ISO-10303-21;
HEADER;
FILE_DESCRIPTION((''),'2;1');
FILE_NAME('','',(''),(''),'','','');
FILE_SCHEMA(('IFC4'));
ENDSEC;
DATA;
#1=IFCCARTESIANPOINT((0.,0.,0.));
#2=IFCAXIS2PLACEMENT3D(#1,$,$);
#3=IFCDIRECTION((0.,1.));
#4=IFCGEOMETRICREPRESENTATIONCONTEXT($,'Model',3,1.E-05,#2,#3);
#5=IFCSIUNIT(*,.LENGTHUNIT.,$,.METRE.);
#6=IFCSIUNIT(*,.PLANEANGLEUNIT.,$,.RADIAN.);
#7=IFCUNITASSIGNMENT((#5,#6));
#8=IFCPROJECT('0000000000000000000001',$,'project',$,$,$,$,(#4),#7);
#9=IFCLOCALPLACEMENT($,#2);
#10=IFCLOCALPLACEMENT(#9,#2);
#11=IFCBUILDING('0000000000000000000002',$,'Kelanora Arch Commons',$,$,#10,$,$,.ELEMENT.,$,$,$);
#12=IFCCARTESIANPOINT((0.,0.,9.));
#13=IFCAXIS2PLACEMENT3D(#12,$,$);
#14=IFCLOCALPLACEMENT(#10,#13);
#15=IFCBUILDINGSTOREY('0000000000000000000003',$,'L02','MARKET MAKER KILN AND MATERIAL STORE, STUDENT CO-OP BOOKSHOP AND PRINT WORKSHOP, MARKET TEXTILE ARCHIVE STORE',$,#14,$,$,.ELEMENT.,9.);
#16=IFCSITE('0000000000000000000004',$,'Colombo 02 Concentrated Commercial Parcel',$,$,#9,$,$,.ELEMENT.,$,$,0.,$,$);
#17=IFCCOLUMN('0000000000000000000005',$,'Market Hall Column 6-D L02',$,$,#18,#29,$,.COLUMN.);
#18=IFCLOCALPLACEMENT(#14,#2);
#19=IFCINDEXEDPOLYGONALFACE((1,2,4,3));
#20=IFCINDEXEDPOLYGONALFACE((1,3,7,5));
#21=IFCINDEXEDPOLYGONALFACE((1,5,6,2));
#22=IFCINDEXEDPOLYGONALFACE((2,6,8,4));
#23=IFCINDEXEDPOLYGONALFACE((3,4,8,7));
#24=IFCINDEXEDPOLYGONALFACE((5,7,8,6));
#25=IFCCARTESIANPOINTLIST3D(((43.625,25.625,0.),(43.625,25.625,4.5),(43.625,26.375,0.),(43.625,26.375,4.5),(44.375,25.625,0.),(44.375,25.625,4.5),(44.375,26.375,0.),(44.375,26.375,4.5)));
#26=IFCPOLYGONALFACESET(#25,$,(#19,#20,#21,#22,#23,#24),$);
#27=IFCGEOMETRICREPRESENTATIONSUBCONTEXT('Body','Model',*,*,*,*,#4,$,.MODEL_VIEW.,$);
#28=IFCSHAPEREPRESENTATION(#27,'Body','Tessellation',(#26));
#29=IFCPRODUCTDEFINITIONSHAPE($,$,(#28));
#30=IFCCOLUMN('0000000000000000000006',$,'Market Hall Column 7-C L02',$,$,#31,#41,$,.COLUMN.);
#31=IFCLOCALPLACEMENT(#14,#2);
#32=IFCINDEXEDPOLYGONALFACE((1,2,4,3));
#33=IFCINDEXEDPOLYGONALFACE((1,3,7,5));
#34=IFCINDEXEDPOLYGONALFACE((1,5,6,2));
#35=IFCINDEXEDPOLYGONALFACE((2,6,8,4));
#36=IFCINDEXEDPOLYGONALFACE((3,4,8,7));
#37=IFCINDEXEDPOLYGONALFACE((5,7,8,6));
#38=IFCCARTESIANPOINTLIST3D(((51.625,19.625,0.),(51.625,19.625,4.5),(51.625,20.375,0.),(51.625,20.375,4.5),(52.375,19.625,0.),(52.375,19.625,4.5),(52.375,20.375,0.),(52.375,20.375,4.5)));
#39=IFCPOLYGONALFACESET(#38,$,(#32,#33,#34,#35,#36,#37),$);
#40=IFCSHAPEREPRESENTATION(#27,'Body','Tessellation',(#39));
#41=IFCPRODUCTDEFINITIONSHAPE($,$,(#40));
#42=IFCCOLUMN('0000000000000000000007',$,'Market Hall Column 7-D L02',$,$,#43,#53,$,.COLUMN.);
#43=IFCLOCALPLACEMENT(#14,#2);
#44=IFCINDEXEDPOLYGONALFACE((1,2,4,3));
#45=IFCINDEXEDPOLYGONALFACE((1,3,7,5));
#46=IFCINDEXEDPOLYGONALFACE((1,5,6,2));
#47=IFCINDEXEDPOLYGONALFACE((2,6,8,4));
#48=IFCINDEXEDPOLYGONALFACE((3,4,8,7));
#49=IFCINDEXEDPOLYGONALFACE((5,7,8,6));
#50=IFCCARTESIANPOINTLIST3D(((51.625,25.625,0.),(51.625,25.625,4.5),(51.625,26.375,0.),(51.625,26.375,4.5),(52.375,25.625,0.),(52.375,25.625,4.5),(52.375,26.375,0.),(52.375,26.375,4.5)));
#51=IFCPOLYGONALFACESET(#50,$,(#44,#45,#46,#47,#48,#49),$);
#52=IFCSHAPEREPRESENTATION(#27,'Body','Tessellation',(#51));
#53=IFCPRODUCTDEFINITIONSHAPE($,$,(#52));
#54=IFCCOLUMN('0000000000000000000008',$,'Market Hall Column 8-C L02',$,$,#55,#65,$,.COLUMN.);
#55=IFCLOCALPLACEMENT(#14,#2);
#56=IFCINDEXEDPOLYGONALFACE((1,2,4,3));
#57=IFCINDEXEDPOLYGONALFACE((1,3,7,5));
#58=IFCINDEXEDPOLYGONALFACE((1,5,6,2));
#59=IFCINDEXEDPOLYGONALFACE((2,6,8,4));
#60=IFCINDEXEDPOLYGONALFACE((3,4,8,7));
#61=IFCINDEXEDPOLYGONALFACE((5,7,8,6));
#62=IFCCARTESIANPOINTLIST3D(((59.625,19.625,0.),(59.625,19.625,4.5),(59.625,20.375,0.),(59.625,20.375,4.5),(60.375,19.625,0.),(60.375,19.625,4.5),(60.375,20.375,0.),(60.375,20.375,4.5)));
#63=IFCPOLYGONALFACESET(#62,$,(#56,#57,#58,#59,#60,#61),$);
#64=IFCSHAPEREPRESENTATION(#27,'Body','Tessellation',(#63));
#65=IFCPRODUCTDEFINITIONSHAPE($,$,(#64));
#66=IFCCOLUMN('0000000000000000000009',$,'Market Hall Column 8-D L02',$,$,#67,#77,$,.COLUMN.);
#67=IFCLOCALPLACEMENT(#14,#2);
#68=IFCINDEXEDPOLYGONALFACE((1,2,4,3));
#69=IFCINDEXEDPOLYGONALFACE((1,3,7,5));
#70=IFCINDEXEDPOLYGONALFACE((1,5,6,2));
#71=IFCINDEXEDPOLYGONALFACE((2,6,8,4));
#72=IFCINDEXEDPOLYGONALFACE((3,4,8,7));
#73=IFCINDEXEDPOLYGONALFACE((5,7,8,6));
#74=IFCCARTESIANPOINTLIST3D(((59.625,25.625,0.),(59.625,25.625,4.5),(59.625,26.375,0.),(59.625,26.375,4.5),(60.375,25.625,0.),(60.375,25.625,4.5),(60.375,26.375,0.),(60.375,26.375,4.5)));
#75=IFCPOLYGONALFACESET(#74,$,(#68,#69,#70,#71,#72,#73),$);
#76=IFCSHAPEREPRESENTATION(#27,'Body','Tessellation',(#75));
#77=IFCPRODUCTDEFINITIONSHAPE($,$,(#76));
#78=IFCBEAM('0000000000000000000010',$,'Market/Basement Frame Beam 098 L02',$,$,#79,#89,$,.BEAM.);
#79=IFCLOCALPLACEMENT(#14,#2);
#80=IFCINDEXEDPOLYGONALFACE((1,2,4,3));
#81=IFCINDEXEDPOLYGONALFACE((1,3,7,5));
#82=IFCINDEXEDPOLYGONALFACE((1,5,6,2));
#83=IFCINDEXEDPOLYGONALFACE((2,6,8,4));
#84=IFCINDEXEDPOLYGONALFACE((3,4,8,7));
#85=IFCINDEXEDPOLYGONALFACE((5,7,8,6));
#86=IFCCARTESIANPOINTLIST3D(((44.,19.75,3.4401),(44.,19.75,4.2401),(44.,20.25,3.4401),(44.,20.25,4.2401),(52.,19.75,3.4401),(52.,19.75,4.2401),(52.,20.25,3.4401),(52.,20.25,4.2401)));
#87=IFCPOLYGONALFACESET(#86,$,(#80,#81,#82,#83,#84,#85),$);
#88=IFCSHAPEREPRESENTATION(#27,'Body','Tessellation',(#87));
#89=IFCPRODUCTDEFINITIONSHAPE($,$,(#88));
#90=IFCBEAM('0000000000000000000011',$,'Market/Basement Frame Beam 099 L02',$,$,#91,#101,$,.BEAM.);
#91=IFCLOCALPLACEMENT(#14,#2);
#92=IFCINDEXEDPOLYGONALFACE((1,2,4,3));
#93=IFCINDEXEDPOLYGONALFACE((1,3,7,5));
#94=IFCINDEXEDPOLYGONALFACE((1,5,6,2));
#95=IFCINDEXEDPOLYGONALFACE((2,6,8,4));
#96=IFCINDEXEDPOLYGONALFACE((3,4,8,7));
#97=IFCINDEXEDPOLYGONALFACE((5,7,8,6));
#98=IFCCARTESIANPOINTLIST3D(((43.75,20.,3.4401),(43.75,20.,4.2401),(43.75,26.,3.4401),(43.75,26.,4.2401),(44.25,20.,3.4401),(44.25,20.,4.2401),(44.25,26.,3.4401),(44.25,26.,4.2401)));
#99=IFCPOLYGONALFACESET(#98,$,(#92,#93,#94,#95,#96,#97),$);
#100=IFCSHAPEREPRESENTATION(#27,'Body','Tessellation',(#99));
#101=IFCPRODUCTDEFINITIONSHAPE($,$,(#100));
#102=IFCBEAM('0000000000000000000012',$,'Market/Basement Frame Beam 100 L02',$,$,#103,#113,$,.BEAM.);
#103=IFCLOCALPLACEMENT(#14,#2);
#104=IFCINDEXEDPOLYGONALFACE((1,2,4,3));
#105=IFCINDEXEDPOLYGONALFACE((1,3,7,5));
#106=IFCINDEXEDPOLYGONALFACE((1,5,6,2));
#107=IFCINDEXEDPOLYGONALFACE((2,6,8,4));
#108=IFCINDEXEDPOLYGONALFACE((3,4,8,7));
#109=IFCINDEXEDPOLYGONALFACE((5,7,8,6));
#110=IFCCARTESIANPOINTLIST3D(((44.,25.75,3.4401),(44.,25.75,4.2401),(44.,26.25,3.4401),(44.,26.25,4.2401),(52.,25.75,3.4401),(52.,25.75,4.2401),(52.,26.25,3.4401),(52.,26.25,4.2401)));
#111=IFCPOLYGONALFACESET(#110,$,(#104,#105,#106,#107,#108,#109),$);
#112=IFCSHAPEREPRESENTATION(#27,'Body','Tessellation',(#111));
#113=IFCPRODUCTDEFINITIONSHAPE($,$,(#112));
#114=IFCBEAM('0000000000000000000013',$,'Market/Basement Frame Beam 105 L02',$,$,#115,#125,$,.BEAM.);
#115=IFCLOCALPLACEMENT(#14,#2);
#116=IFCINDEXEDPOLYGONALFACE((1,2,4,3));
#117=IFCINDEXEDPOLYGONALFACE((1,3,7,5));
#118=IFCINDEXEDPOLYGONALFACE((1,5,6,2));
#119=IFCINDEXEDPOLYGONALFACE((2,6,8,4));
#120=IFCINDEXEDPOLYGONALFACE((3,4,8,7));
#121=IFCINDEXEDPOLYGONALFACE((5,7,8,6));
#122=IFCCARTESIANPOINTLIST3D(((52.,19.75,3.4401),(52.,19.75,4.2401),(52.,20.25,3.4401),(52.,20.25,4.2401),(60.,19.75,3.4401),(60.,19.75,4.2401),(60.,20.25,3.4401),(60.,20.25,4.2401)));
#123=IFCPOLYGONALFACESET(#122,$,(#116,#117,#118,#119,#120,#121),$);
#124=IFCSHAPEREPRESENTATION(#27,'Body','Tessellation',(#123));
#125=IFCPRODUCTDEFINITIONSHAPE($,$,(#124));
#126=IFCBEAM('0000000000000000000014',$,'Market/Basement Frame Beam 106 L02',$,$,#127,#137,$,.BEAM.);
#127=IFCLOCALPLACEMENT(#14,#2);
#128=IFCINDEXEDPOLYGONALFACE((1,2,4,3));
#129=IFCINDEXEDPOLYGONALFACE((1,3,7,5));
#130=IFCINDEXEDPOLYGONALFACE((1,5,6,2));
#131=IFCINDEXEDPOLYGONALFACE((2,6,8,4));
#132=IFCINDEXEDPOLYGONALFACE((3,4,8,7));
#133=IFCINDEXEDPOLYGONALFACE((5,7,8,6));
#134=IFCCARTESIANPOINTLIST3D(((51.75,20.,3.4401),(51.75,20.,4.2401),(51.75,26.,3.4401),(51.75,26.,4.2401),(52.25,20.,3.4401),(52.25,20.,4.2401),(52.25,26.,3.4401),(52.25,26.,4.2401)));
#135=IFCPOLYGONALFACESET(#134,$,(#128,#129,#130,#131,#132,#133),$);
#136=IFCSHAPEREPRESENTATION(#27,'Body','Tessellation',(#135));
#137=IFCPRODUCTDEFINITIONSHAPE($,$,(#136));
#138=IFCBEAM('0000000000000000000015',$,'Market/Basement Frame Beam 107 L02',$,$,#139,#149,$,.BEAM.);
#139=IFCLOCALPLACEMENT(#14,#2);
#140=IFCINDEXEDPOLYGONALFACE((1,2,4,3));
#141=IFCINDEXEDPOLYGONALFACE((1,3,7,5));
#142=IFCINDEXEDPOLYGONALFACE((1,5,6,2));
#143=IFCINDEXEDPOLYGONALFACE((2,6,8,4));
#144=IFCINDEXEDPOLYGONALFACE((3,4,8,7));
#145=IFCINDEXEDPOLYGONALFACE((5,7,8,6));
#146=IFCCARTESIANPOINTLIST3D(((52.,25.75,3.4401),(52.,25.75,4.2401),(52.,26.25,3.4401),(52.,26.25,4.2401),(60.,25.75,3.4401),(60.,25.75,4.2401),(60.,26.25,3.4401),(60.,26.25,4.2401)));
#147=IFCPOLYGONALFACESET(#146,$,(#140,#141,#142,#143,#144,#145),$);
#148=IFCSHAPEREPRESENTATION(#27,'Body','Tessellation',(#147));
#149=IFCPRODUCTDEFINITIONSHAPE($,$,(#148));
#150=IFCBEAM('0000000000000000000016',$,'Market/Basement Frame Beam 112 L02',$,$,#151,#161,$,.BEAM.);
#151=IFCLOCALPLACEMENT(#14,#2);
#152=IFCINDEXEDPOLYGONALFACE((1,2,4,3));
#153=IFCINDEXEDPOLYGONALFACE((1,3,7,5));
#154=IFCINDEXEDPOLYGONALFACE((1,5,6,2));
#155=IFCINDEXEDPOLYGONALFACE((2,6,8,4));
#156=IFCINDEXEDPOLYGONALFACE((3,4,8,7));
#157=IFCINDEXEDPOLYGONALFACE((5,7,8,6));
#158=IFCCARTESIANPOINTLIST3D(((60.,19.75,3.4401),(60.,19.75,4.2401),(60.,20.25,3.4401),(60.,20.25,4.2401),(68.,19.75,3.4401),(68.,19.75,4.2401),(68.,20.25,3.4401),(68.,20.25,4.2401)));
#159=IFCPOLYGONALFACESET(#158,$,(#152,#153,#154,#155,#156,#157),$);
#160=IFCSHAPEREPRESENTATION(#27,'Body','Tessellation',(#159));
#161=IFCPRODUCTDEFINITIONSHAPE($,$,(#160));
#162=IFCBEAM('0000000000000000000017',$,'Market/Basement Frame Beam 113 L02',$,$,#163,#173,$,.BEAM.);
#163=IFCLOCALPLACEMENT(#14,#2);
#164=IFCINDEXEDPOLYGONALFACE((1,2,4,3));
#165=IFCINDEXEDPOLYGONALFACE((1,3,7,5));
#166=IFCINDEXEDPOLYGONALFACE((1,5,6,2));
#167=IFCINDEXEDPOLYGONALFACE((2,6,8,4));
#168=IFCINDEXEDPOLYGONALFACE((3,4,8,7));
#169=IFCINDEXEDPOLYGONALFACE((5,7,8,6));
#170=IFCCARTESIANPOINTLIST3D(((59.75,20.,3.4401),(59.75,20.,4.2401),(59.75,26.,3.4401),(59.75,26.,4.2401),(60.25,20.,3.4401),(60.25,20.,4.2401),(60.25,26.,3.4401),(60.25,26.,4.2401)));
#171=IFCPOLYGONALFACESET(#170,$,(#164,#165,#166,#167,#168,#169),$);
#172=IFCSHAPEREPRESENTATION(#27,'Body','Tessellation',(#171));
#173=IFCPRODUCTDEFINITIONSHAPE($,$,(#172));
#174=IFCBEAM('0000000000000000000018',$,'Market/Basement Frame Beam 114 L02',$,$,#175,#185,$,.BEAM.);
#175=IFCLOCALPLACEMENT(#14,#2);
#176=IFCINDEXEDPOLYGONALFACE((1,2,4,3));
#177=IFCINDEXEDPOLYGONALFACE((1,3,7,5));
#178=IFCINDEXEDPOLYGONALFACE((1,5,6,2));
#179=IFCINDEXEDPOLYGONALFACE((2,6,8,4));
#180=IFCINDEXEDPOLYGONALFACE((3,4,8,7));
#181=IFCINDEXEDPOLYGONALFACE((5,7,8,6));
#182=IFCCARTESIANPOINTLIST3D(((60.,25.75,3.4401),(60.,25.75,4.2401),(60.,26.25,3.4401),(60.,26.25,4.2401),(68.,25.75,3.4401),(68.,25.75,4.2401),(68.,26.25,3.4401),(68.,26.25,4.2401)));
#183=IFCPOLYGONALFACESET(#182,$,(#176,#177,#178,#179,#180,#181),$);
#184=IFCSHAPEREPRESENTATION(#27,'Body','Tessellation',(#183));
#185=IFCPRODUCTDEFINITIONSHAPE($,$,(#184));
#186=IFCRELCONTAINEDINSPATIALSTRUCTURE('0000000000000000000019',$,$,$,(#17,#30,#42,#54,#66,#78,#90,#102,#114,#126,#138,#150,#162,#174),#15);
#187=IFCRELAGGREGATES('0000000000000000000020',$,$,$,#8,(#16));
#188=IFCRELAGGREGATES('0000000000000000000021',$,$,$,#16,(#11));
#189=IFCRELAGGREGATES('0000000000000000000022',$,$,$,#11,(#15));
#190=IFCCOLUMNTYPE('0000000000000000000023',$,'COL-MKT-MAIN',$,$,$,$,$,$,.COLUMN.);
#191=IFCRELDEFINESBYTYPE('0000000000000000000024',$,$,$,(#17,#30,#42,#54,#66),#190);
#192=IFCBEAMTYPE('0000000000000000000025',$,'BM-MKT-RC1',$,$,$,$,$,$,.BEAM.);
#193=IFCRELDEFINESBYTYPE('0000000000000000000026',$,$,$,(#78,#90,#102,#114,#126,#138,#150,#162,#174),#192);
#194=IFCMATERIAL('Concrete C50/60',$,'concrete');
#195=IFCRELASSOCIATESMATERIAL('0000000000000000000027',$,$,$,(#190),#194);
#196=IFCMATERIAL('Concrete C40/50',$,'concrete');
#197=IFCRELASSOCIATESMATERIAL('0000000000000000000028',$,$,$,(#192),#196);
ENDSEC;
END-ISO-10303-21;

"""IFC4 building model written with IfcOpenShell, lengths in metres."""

from ifc_helpers import new_model, si_unit, direction, frame, origin, origin_2d, place, context, subcontext, project, spatial, rectangle, extrude, material, material_profile, profile_set, type_object, element, save


model = new_model("IFC4")

# Units and contexts
model_context = context("Model", 3, precision=1e-05, world=origin(), true_north=direction((0.0, 1.0)))
body_context = subcontext(model_context, "Body", "Model", "MODEL_VIEW")
ifc_project = project(units=[si_unit("LENGTHUNIT", "METRE"), si_unit("PLANEANGLEUNIT", "RADIAN")], contexts=[model_context])

# Site, building, storey
site_placement = place(None, origin())
site = spatial("IfcSite", under=ifc_project, at=site_placement, Name="Colombo 02 Concentrated Commercial Parcel", CompositionType="ELEMENT", RefElevation=0.0)
building_placement = place(site_placement, origin())
building = spatial("IfcBuilding", under=site, at=building_placement, Name="Kelanora Arch Commons", CompositionType="ELEMENT")
storey_placement = place(building_placement, frame((0.0, 0.0, 9.0)))
storey = spatial("IfcBuildingStorey", under=building, at=storey_placement, Name="L02", Description="MARKET MAKER KILN AND MATERIAL STORE, STUDENT CO-OP BOOKSHOP AND PRINT WORKSHOP, MARKET TEXTILE ARCHIVE STORE", CompositionType="ELEMENT", Elevation=9.0)

# Columns
ifc_material_1 = material(Name="Concrete C50/60", Category="concrete")
ifc_material_profile_1 = material_profile(ifc_material_1, rectangle(XDim=0.75, YDim=0.75, at=origin_2d()), Name="RC750x750")
ifc_profile_set_1 = profile_set([ifc_material_profile_1], Name="Concrete C50/60")
column_type = type_object("IfcColumnType", Name="COL-MKT-MAIN", PredefinedType="COLUMN", material=ifc_profile_set_1)
for number, where, z_axis, x_axis, name in (
    (1, (44.0, 26.0, 0.0), (0.0, 0.0, 1.0), (1.0, 0.0, 0.0), "Market Hall Column 6-D L02"),
    (2, (52.0, 20.0, 0.0), (0.0, 0.0, 1.0), (1.0, 0.0, 0.0), "Market Hall Column 7-C L02"),
    (3, (52.0, 26.0, 0.0), (0.0, 0.0, 1.0), (1.0, 0.0, 0.0), "Market Hall Column 7-D L02"),
    (4, (60.0, 20.0, 0.0), (0.0, 0.0, 1.0), (1.0, 0.0, 0.0), "Market Hall Column 8-C L02"),
    (5, (60.0, 26.0, 0.0), (0.0, 0.0, 1.0), (1.0, 0.0, 0.0), "Market Hall Column 8-D L02"),
):
    element("IfcColumn", number, at=place(storey_placement, frame(where, z_axis=z_axis, x_axis=x_axis)), inside=storey, type_object=column_type, Name=name, PredefinedType="COLUMN", context=body_context, shape_type="SweptSolid", body=[
        extrude(rectangle(XDim=0.75, YDim=0.75, at=origin_2d()), origin(), (0.0, 0.0, 1.0), 4.5),
    ])

# Beams
ifc_material_2 = material(Name="Concrete C40/50", Category="concrete")
ifc_material_profile_2 = material_profile(ifc_material_2, rectangle(XDim=0.5, YDim=0.8, at=origin_2d()), Name="RCB500x800")
ifc_profile_set_2 = profile_set([ifc_material_profile_2], Name="Concrete C40/50")
beam_type = type_object("IfcBeamType", Name="BM-MKT-RC1", PredefinedType="BEAM", material=ifc_profile_set_2)
beam_1_placement = place(storey_placement, frame((44.0, 20.0, 3.8401), z_axis=(1.0, 0.0, 0.0), x_axis=(0.0, 1.0, 0.0)))
element("IfcBeam", 6, at=beam_1_placement, inside=storey, type_object=beam_type, Name="Market/Basement Frame Beam 098 L02", PredefinedType="BEAM", context=body_context, shape_type="SweptSolid", body=[
    extrude(rectangle(XDim=0.5, YDim=0.8, at=origin_2d()), origin(), (0.0, 0.0, 1.0), 8.0),
])
beam_2_placement = place(storey_placement, frame((44.0, 20.0, 3.8401), z_axis=(0.0, 1.0, 0.0), x_axis=(-1.0, 0.0, 0.0)))
element("IfcBeam", 7, at=beam_2_placement, inside=storey, type_object=beam_type, Name="Market/Basement Frame Beam 099 L02", PredefinedType="BEAM", context=body_context, shape_type="SweptSolid", body=[
    extrude(rectangle(XDim=0.5, YDim=0.8, at=origin_2d()), origin(), (0.0, 0.0, 1.0), 6.0),
])
for number, where, z_axis, x_axis, name in (
    (8, (44.0, 26.0, 3.8401), (1.0, 0.0, 0.0), (0.0, 1.0, 0.0), "Market/Basement Frame Beam 100 L02"),
    (9, (52.0, 20.0, 3.8401), (1.0, 0.0, 0.0), (0.0, 1.0, 0.0), "Market/Basement Frame Beam 105 L02"),
):
    element("IfcBeam", number, at=place(storey_placement, frame(where, z_axis=z_axis, x_axis=x_axis)), inside=storey, type_object=beam_type, Name=name, PredefinedType="BEAM", context=body_context, shape_type="SweptSolid", body=[
        extrude(rectangle(XDim=0.5, YDim=0.8, at=origin_2d()), origin(), (0.0, 0.0, 1.0), 8.0),
    ])
beam_3_placement = place(storey_placement, frame((52.0, 20.0, 3.8401), z_axis=(0.0, 1.0, 0.0), x_axis=(-1.0, 0.0, 0.0)))
element("IfcBeam", 10, at=beam_3_placement, inside=storey, type_object=beam_type, Name="Market/Basement Frame Beam 106 L02", PredefinedType="BEAM", context=body_context, shape_type="SweptSolid", body=[
    extrude(rectangle(XDim=0.5, YDim=0.8, at=origin_2d()), origin(), (0.0, 0.0, 1.0), 6.0),
])
for number, where, z_axis, x_axis, name in (
    (11, (52.0, 26.0, 3.8401), (1.0, 0.0, 0.0), (0.0, 1.0, 0.0), "Market/Basement Frame Beam 107 L02"),
    (12, (60.0, 20.0, 3.8401), (1.0, 0.0, 0.0), (0.0, 1.0, 0.0), "Market/Basement Frame Beam 112 L02"),
):
    element("IfcBeam", number, at=place(storey_placement, frame(where, z_axis=z_axis, x_axis=x_axis)), inside=storey, type_object=beam_type, Name=name, PredefinedType="BEAM", context=body_context, shape_type="SweptSolid", body=[
        extrude(rectangle(XDim=0.5, YDim=0.8, at=origin_2d()), origin(), (0.0, 0.0, 1.0), 8.0),
    ])
beam_4_placement = place(storey_placement, frame((60.0, 20.0, 3.8401), z_axis=(0.0, 1.0, 0.0), x_axis=(-1.0, 0.0, 0.0)))
element("IfcBeam", 13, at=beam_4_placement, inside=storey, type_object=beam_type, Name="Market/Basement Frame Beam 113 L02", PredefinedType="BEAM", context=body_context, shape_type="SweptSolid", body=[
    extrude(rectangle(XDim=0.5, YDim=0.8, at=origin_2d()), origin(), (0.0, 0.0, 1.0), 6.0),
])
beam_5_placement = place(storey_placement, frame((60.0, 26.0, 3.8401), z_axis=(1.0, 0.0, 0.0), x_axis=(0.0, 1.0, 0.0)))
element("IfcBeam", 14, at=beam_5_placement, inside=storey, type_object=beam_type, Name="Market/Basement Frame Beam 114 L02", PredefinedType="BEAM", context=body_context, shape_type="SweptSolid", body=[
    extrude(rectangle(XDim=0.5, YDim=0.8, at=origin_2d()), origin(), (0.0, 0.0, 1.0), 8.0),
])

save(model, "model.ifc")
